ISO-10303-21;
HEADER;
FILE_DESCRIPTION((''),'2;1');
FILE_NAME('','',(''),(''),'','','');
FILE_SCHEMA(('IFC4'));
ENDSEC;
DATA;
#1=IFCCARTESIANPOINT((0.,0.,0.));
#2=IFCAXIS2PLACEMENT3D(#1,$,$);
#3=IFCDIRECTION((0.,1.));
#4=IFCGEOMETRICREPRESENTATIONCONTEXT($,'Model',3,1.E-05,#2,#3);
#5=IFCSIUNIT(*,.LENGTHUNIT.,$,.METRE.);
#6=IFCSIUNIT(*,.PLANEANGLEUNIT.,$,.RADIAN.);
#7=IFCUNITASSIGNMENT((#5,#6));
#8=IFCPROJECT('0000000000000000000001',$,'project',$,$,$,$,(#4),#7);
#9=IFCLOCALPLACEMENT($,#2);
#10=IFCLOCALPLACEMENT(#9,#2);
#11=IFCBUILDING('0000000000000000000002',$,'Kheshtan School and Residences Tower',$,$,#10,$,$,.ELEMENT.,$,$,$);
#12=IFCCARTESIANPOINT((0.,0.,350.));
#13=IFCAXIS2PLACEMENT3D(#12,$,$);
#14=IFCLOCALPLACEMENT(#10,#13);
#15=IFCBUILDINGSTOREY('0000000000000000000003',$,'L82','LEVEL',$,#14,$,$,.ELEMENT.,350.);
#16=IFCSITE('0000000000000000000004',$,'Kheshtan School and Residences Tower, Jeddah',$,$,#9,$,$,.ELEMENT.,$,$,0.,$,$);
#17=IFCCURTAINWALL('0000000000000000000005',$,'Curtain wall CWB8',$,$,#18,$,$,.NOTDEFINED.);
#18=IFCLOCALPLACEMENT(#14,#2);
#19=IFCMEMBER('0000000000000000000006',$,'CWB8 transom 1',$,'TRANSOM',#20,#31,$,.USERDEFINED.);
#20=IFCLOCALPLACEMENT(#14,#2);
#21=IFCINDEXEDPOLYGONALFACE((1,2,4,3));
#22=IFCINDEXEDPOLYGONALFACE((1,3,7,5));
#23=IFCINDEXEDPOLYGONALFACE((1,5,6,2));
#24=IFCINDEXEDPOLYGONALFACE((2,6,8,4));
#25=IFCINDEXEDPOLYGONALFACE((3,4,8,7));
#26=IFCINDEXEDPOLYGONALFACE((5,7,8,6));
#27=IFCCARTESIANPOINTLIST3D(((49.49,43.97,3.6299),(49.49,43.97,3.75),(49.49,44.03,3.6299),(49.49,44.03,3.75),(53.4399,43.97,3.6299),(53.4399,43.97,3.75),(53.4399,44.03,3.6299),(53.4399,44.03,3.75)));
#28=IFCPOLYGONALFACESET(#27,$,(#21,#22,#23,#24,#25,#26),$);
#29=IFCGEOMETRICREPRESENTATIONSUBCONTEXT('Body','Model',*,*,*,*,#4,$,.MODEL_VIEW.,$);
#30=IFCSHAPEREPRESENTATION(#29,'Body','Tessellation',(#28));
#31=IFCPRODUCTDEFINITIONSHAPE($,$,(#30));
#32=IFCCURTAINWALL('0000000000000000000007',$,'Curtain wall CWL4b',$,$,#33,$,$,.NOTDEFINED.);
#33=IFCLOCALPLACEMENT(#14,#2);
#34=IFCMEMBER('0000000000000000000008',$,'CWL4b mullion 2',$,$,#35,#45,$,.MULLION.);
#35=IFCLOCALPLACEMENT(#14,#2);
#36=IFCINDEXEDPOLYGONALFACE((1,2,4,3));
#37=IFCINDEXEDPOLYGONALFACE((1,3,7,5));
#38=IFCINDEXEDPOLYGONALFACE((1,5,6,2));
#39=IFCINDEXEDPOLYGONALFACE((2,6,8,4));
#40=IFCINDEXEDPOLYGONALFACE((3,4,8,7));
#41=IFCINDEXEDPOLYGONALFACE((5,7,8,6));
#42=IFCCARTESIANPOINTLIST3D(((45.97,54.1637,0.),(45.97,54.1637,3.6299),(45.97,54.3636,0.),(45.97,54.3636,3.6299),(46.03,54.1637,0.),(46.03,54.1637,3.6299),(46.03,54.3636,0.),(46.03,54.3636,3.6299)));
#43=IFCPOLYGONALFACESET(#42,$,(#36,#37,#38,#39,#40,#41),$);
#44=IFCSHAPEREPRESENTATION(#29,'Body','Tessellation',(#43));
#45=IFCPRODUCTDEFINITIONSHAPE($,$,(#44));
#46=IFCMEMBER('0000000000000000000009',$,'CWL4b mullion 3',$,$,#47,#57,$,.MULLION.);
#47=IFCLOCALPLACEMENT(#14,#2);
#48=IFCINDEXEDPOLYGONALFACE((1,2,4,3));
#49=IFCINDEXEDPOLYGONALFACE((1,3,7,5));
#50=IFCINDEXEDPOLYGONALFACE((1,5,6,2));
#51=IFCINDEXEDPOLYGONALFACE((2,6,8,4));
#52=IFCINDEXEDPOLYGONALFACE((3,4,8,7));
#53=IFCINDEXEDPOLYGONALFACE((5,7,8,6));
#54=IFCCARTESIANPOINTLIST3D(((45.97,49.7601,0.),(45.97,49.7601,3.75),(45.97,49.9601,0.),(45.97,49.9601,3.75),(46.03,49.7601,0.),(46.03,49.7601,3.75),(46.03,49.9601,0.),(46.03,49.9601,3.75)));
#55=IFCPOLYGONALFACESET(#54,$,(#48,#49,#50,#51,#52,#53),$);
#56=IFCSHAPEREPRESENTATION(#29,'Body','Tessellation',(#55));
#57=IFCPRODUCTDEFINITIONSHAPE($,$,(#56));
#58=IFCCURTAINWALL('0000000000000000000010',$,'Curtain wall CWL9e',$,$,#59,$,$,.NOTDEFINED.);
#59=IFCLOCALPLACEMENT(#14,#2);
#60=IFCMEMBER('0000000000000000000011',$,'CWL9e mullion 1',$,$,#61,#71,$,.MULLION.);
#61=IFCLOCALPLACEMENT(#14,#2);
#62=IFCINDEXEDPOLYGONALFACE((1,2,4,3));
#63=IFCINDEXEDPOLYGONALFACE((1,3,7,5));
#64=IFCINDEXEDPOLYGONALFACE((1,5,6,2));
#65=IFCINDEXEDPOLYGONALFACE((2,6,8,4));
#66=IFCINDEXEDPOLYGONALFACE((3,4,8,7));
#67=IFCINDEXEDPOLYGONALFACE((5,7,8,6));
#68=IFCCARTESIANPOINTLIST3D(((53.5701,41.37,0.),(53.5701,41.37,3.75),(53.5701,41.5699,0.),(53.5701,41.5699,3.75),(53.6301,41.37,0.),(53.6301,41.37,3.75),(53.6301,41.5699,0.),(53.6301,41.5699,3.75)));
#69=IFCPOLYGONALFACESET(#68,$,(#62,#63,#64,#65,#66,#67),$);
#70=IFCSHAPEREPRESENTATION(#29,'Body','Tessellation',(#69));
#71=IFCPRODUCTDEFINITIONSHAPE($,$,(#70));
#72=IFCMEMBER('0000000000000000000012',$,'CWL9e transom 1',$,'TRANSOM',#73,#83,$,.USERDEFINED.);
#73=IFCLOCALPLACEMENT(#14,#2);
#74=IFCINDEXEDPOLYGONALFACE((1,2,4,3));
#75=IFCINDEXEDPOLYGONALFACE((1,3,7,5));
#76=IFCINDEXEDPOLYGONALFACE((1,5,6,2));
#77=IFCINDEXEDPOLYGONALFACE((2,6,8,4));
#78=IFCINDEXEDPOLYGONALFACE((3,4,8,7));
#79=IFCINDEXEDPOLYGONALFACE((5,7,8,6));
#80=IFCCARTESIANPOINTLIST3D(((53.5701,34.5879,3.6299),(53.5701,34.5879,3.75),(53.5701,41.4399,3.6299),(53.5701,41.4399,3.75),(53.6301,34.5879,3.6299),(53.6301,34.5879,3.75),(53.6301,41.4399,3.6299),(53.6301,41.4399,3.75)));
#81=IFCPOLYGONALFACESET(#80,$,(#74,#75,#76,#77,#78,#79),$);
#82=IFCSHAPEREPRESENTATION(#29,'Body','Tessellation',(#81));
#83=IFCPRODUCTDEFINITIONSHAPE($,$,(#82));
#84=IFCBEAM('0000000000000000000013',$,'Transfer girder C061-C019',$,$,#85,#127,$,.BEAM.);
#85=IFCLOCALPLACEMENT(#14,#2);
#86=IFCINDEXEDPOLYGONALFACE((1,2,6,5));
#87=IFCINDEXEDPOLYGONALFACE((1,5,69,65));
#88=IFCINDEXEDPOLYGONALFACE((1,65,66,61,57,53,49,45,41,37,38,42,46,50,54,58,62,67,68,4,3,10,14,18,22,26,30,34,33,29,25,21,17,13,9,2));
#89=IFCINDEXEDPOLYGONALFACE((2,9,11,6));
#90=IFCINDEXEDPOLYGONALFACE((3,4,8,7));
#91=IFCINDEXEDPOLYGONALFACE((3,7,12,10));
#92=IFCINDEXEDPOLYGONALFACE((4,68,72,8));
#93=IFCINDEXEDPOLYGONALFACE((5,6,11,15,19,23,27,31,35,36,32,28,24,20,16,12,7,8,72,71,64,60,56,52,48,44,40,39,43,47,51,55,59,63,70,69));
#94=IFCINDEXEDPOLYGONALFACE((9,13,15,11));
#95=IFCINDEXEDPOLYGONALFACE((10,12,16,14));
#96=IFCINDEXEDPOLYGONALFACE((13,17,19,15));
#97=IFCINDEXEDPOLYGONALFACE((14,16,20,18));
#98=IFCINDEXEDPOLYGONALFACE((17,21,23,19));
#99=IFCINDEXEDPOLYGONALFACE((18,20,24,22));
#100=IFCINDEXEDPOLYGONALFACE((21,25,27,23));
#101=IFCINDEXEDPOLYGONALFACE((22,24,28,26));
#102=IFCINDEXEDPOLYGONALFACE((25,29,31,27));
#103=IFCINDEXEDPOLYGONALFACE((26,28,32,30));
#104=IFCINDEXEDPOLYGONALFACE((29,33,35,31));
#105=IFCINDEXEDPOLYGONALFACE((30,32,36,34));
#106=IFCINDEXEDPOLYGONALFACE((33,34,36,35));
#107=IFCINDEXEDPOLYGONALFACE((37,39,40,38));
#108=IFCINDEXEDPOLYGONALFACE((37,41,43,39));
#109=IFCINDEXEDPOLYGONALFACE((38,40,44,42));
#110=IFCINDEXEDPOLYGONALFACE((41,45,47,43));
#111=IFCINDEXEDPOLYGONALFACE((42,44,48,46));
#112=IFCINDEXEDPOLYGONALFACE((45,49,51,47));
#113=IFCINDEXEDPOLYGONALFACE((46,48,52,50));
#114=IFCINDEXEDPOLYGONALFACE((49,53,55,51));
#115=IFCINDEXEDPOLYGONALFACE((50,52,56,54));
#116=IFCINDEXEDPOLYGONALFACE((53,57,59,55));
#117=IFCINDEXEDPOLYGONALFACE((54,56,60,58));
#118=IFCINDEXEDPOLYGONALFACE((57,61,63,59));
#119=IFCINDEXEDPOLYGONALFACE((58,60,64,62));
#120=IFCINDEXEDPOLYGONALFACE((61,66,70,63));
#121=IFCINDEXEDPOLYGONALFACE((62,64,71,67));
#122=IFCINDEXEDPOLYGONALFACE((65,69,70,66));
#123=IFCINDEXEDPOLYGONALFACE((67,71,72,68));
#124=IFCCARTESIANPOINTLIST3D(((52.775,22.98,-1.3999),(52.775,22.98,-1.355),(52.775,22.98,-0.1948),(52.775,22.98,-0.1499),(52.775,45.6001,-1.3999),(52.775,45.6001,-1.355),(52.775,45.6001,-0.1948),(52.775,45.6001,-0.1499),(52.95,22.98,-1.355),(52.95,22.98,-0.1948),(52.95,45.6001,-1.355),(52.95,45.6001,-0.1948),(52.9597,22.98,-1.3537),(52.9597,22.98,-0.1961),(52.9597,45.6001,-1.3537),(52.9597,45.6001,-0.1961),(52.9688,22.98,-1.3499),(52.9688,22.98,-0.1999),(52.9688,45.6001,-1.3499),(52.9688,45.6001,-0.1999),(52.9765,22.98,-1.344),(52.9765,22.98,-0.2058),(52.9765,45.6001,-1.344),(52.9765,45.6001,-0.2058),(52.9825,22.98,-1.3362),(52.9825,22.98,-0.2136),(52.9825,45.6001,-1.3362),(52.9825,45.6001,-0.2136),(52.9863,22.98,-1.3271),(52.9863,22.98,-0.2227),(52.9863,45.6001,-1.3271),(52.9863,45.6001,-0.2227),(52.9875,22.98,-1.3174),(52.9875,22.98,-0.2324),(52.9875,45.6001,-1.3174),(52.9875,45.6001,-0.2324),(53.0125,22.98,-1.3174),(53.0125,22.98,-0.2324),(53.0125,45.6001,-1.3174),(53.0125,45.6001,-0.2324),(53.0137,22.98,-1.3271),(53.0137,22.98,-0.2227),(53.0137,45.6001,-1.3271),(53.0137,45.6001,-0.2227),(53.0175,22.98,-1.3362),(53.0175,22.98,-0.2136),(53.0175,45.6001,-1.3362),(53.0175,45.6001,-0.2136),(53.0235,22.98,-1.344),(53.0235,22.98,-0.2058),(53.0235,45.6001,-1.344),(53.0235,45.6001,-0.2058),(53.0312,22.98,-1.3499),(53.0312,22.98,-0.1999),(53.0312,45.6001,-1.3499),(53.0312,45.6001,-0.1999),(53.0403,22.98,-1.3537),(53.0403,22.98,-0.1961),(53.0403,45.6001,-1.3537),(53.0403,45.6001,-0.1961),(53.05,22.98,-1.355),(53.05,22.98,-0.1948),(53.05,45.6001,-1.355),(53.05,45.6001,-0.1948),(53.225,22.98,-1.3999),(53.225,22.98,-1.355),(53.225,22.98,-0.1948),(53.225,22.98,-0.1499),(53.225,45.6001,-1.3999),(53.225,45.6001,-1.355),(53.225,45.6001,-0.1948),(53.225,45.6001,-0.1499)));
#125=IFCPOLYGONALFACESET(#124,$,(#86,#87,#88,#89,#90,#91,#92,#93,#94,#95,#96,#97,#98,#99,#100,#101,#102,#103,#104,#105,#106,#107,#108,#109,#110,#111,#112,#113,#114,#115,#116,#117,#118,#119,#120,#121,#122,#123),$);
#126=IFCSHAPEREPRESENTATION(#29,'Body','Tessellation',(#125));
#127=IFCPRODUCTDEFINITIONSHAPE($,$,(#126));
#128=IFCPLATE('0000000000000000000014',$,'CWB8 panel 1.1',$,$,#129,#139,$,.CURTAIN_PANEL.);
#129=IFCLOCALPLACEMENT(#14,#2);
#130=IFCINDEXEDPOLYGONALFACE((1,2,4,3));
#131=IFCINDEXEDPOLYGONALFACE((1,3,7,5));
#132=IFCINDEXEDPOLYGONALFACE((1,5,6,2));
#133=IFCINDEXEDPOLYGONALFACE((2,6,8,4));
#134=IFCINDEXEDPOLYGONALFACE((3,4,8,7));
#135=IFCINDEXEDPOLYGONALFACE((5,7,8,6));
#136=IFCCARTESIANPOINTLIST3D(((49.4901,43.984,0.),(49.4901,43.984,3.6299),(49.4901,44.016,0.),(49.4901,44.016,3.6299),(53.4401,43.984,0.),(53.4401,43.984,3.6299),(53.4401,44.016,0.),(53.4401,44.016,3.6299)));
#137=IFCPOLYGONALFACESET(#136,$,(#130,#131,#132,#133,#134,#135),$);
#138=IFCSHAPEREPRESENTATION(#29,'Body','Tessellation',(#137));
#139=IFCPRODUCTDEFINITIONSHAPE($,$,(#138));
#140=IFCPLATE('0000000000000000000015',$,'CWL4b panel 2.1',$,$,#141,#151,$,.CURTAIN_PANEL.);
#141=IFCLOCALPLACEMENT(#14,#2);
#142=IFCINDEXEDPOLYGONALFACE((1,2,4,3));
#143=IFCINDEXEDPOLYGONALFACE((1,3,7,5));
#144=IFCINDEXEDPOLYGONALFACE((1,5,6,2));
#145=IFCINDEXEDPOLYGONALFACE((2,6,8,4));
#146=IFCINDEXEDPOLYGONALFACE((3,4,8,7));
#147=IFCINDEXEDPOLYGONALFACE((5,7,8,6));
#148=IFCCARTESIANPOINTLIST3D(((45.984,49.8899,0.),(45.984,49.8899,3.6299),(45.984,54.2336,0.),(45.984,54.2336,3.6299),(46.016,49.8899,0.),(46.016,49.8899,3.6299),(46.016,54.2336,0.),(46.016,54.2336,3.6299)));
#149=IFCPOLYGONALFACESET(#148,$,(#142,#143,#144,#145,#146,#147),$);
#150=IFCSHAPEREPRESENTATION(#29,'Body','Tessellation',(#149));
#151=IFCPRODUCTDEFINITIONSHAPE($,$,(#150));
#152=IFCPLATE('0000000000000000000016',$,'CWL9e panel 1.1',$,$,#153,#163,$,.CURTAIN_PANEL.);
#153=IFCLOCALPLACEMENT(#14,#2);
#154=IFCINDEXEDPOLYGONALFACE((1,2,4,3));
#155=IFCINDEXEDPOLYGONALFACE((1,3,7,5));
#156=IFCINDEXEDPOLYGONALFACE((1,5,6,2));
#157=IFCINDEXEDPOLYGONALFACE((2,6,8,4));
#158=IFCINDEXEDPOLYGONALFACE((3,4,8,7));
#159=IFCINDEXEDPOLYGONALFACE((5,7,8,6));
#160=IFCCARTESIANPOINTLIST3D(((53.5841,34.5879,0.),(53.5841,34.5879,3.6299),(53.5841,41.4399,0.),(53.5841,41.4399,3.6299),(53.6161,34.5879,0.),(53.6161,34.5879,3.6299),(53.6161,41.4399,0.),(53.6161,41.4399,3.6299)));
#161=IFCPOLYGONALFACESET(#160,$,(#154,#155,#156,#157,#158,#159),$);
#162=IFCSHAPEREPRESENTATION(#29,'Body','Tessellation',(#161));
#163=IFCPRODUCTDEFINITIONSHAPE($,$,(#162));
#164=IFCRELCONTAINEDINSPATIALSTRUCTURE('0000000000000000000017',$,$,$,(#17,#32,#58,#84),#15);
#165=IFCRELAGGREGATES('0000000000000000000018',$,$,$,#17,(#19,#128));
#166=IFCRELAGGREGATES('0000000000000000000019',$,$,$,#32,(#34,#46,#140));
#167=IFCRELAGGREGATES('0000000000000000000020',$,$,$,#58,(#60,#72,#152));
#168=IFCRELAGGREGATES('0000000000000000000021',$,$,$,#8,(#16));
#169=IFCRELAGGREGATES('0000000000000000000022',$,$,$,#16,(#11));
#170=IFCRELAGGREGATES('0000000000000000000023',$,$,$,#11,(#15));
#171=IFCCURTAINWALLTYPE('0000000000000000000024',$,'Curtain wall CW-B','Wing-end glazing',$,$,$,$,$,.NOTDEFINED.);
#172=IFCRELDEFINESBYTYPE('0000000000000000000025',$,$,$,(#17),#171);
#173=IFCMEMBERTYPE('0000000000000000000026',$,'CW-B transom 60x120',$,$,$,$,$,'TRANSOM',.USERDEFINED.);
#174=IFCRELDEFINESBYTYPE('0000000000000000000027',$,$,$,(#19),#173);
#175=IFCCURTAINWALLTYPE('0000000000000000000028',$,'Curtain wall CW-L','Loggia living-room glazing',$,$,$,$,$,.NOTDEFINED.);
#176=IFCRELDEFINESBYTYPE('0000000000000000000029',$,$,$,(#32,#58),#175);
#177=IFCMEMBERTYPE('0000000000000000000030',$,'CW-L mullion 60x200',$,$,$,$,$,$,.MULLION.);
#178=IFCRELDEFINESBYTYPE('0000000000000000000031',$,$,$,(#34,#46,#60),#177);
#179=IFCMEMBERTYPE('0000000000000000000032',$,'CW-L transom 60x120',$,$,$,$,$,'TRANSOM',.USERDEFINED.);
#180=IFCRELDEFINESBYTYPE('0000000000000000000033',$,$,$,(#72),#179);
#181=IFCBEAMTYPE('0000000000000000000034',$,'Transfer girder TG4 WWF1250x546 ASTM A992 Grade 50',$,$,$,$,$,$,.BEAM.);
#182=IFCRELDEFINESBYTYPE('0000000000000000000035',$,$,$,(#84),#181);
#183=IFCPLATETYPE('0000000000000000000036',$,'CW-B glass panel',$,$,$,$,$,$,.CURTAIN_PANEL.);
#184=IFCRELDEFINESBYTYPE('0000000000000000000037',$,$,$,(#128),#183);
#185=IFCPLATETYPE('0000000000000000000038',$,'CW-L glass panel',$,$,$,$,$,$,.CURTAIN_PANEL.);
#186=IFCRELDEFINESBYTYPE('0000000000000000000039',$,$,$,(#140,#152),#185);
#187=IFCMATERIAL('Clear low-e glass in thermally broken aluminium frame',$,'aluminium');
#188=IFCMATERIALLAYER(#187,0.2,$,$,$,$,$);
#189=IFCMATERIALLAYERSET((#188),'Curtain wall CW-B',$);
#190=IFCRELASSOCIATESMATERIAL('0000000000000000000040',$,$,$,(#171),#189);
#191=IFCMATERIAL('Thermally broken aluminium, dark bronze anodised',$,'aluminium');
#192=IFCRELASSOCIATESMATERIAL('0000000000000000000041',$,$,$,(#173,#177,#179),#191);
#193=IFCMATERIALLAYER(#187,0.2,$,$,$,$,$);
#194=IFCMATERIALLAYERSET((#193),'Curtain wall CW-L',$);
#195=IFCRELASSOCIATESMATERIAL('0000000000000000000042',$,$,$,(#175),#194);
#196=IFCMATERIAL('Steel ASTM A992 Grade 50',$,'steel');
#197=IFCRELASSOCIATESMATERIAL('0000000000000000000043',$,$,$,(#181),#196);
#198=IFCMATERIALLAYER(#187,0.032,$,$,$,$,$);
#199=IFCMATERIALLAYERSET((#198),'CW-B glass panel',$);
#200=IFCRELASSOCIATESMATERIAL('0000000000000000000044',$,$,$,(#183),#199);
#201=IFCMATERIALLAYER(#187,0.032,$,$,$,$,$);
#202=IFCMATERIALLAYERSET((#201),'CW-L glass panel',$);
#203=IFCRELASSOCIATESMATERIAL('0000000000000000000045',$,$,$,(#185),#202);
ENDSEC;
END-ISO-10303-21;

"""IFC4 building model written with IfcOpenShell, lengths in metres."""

from ifc_helpers import new_model, si_unit, direction, frame, origin, origin_2d, place, context, subcontext, project, spatial, rectangle, i_section, extrude, material, layer, layer_set, material_profile, profile_set, type_object, element, aggregate, save


model = new_model("IFC4")

# Units and contexts
model_context = context("Model", 3, precision=1e-05, world=origin(), true_north=direction((0.0, 1.0)))
body_context = subcontext(model_context, "Body", "Model", "MODEL_VIEW")
ifc_project = project(units=[si_unit("LENGTHUNIT", "METRE"), si_unit("PLANEANGLEUNIT", "RADIAN")], contexts=[model_context])

# Site, building, storey
site_placement = place(None, origin())
site = spatial("IfcSite", under=ifc_project, at=site_placement, Name="Kheshtan School and Residences Tower, Jeddah", CompositionType="ELEMENT", RefElevation=0.0)
building_placement = place(site_placement, origin())
building = spatial("IfcBuilding", under=site, at=building_placement, Name="Kheshtan School and Residences Tower", CompositionType="ELEMENT")
storey_placement = place(building_placement, frame((0.0, 0.0, 350.0)))
storey = spatial("IfcBuildingStorey", under=building, at=storey_placement, Name="L82", Description="LEVEL", CompositionType="ELEMENT", Elevation=350.0)

# Shared definitions
ifc_material_1 = material(Name="Steel ASTM A992 Grade 50", Category="steel")

# Curtain walls, members
ifc_material_2 = material(Name="Clear low-e glass in thermally broken aluminium frame", Category="aluminium")
ifc_layer_1 = layer(ifc_material_2, 0.2)
ifc_layer_set_1 = layer_set([ifc_layer_1], Name="Curtain wall CW-B")
curtain_wall_type_1 = type_object("IfcCurtainWallType", Name="Curtain wall CW-B", Description="Wing-end glazing", PredefinedType="NOTDEFINED", material=ifc_layer_set_1)
curtain_wall_1_placement = place(storey_placement, origin())
curtain_wall_1 = element("IfcCurtainWall", 1, at=curtain_wall_1_placement, inside=storey, type_object=curtain_wall_type_1, Name="Curtain wall CWB8", PredefinedType="NOTDEFINED")
ifc_material_3 = material(Name="Thermally broken aluminium, dark bronze anodised", Category="aluminium")
ifc_material_profile_1 = material_profile(ifc_material_3, rectangle(XDim=0.0601, YDim=0.1201, at=origin_2d()), Name="CW-B transom 60x120")
ifc_profile_set_1 = profile_set([ifc_material_profile_1], Name="Thermally broken aluminium, dark bronze anodised")
member_type_1 = type_object("IfcMemberType", Name="CW-B transom 60x120", ElementType="TRANSOM", PredefinedType="USERDEFINED", material=ifc_profile_set_1)
member_1_placement = place(storey_placement, frame((49.49, 44.0, 3.6899), z_axis=(1.0, 0.0, 0.0), x_axis=(0.0, 1.0, 0.0)))
member_1 = element("IfcMember", 2, at=member_1_placement, type_object=member_type_1, Name="CWB8 transom 1", ObjectType="TRANSOM", PredefinedType="USERDEFINED", context=body_context, shape_type="SweptSolid", body=[
    extrude(rectangle(XDim=0.0601, YDim=0.1201, at=origin_2d()), origin(), (0.0, 0.0, 1.0), 3.95),
])
ifc_layer_2 = layer(ifc_material_2, 0.2)
ifc_layer_set_2 = layer_set([ifc_layer_2], Name="Curtain wall CW-L")
curtain_wall_type_2 = type_object("IfcCurtainWallType", Name="Curtain wall CW-L", Description="Loggia living-room glazing", PredefinedType="NOTDEFINED", material=ifc_layer_set_2)
curtain_wall_2_placement = place(storey_placement, origin())
curtain_wall_2 = element("IfcCurtainWall", 3, at=curtain_wall_2_placement, inside=storey, type_object=curtain_wall_type_2, Name="Curtain wall CWL4b", PredefinedType="NOTDEFINED")
ifc_material_profile_2 = material_profile(ifc_material_3, rectangle(XDim=0.0601, YDim=0.2, at=origin_2d()), Name="CW-L mullion 60x200")
ifc_profile_set_2 = profile_set([ifc_material_profile_2], Name="Thermally broken aluminium, dark bronze anodised")
member_type_2 = type_object("IfcMemberType", Name="CW-L mullion 60x200", PredefinedType="MULLION", material=ifc_profile_set_2)
member_2_placement = place(storey_placement, frame((46.0, 54.2637, 0.0), z_axis=(0.0, 0.0, 1.0), x_axis=(1.0, 0.0, 0.0)))
member_2 = element("IfcMember", 4, at=member_2_placement, type_object=member_type_2, Name="CWL4b mullion 2", PredefinedType="MULLION", context=body_context, shape_type="SweptSolid", body=[
    extrude(rectangle(XDim=0.0601, YDim=0.2, at=origin_2d()), origin(), (0.0, 0.0, 1.0), 3.6299),
])
member_3_placement = place(storey_placement, frame((46.0, 49.8601, 0.0), z_axis=(0.0, 0.0, 1.0), x_axis=(1.0, 0.0, 0.0)))
member_3 = element("IfcMember", 5, at=member_3_placement, type_object=member_type_2, Name="CWL4b mullion 3", PredefinedType="MULLION", context=body_context, shape_type="SweptSolid", body=[
    extrude(rectangle(XDim=0.0601, YDim=0.2, at=origin_2d()), origin(), (0.0, 0.0, 1.0), 3.75),
])
curtain_wall_3_placement = place(storey_placement, origin())
curtain_wall_3 = element("IfcCurtainWall", 6, at=curtain_wall_3_placement, inside=storey, type_object=curtain_wall_type_2, Name="Curtain wall CWL9e", PredefinedType="NOTDEFINED")
member_4_placement = place(storey_placement, frame((53.6001, 41.47, 0.0), z_axis=(0.0, 0.0, 1.0), x_axis=(1.0, 0.0, 0.0)))
member_4 = element("IfcMember", 7, at=member_4_placement, type_object=member_type_2, Name="CWL9e mullion 1", PredefinedType="MULLION", context=body_context, shape_type="SweptSolid", body=[
    extrude(rectangle(XDim=0.0601, YDim=0.2, at=origin_2d()), origin(), (0.0, 0.0, 1.0), 3.75),
])
ifc_material_profile_3 = material_profile(ifc_material_3, rectangle(XDim=0.0601, YDim=0.1201, at=origin_2d()), Name="CW-L transom 60x120")
ifc_profile_set_3 = profile_set([ifc_material_profile_3], Name="Thermally broken aluminium, dark bronze anodised")
member_type_3 = type_object("IfcMemberType", Name="CW-L transom 60x120", ElementType="TRANSOM", PredefinedType="USERDEFINED", material=ifc_profile_set_3)
member_5_placement = place(storey_placement, frame((53.6001, 41.4399, 3.6899), z_axis=(0.0, -1.0, 0.0), x_axis=(1.0, 0.0, 0.0)))
member_5 = element("IfcMember", 8, at=member_5_placement, type_object=member_type_3, Name="CWL9e transom 1", ObjectType="TRANSOM", PredefinedType="USERDEFINED", context=body_context, shape_type="SweptSolid", body=[
    extrude(rectangle(XDim=0.0601, YDim=0.1201, at=origin_2d()), origin(), (0.0, 0.0, 1.0), 6.8521),
])

# Beam
ifc_material_profile_4 = material_profile(ifc_material_1, i_section(OverallWidth=0.45, OverallDepth=1.25, WebThickness=0.0249, FlangeThickness=0.0449, FilletRadius=0.0376, at=origin_2d()), Name="WWF1250x546")
ifc_profile_set_4 = profile_set([ifc_material_profile_4], Name="Steel ASTM A992 Grade 50")
beam_type_1 = type_object("IfcBeamType", Name="Transfer girder TG4 WWF1250x546 ASTM A992 Grade 50", PredefinedType="BEAM", material=ifc_profile_set_4)
beam_1_placement = place(storey_placement, frame((53.0, 45.6001, -0.7749), z_axis=(0.0, -1.0, 0.0), x_axis=(1.0, 0.0, 0.0)))
element("IfcBeam", 9, at=beam_1_placement, inside=storey, type_object=beam_type_1, Name="Transfer girder C061-C019", PredefinedType="BEAM", context=body_context, shape_type="SweptSolid", body=[
    extrude(i_section(OverallWidth=0.45, OverallDepth=1.25, WebThickness=0.0249, FlangeThickness=0.0449, FilletRadius=0.0376, at=origin_2d()), origin(), (0.0, 0.0, 1.0), 22.6201),
])

# Plates
ifc_layer_3 = layer(ifc_material_2, 0.032)
ifc_layer_set_3 = layer_set([ifc_layer_3], Name="CW-B glass panel")
plate_type_1 = type_object("IfcPlateType", Name="CW-B glass panel", PredefinedType="CURTAIN_PANEL", material=ifc_layer_set_3)
plate_1_placement = place(storey_placement, frame((51.4651, 44.0, 0.0), z_axis=(0.0, 0.0, 1.0), x_axis=(1.0, 0.0, 0.0)))
plate_1 = element("IfcPlate", 10, at=plate_1_placement, type_object=plate_type_1, Name="CWB8 panel 1.1", PredefinedType="CURTAIN_PANEL", context=body_context, shape_type="SweptSolid", body=[
    extrude(rectangle(XDim=3.95, YDim=0.032, at=origin_2d()), origin(), (0.0, 0.0, 1.0), 3.6299),
])
aggregate(curtain_wall_1, [member_1, plate_1])
ifc_layer_4 = layer(ifc_material_2, 0.032)
ifc_layer_set_4 = layer_set([ifc_layer_4], Name="CW-L glass panel")
plate_type_2 = type_object("IfcPlateType", Name="CW-L glass panel", PredefinedType="CURTAIN_PANEL", material=ifc_layer_set_4)
plate_2_placement = place(storey_placement, frame((46.0, 52.0618, 0.0), z_axis=(0.0, 0.0, 1.0), x_axis=(0.0, -1.0, 0.0)))
plate_2 = element("IfcPlate", 11, at=plate_2_placement, type_object=plate_type_2, Name="CWL4b panel 2.1", PredefinedType="CURTAIN_PANEL", context=body_context, shape_type="SweptSolid", body=[
    extrude(rectangle(XDim=4.3438, YDim=0.032, at=origin_2d()), origin(), (0.0, 0.0, 1.0), 3.6299),
])
aggregate(curtain_wall_2, [member_2, member_3, plate_2])
plate_3_placement = place(storey_placement, frame((53.6001, 38.0139, 0.0), z_axis=(0.0, 0.0, 1.0), x_axis=(0.0, -1.0, 0.0)))
plate_3 = element("IfcPlate", 12, at=plate_3_placement, type_object=plate_type_2, Name="CWL9e panel 1.1", PredefinedType="CURTAIN_PANEL", context=body_context, shape_type="SweptSolid", body=[
    extrude(rectangle(XDim=6.8521, YDim=0.032, at=origin_2d()), origin(), (0.0, 0.0, 1.0), 3.6299),
])
aggregate(curtain_wall_3, [member_4, member_5, plate_3])

save(model, "model.ifc")
